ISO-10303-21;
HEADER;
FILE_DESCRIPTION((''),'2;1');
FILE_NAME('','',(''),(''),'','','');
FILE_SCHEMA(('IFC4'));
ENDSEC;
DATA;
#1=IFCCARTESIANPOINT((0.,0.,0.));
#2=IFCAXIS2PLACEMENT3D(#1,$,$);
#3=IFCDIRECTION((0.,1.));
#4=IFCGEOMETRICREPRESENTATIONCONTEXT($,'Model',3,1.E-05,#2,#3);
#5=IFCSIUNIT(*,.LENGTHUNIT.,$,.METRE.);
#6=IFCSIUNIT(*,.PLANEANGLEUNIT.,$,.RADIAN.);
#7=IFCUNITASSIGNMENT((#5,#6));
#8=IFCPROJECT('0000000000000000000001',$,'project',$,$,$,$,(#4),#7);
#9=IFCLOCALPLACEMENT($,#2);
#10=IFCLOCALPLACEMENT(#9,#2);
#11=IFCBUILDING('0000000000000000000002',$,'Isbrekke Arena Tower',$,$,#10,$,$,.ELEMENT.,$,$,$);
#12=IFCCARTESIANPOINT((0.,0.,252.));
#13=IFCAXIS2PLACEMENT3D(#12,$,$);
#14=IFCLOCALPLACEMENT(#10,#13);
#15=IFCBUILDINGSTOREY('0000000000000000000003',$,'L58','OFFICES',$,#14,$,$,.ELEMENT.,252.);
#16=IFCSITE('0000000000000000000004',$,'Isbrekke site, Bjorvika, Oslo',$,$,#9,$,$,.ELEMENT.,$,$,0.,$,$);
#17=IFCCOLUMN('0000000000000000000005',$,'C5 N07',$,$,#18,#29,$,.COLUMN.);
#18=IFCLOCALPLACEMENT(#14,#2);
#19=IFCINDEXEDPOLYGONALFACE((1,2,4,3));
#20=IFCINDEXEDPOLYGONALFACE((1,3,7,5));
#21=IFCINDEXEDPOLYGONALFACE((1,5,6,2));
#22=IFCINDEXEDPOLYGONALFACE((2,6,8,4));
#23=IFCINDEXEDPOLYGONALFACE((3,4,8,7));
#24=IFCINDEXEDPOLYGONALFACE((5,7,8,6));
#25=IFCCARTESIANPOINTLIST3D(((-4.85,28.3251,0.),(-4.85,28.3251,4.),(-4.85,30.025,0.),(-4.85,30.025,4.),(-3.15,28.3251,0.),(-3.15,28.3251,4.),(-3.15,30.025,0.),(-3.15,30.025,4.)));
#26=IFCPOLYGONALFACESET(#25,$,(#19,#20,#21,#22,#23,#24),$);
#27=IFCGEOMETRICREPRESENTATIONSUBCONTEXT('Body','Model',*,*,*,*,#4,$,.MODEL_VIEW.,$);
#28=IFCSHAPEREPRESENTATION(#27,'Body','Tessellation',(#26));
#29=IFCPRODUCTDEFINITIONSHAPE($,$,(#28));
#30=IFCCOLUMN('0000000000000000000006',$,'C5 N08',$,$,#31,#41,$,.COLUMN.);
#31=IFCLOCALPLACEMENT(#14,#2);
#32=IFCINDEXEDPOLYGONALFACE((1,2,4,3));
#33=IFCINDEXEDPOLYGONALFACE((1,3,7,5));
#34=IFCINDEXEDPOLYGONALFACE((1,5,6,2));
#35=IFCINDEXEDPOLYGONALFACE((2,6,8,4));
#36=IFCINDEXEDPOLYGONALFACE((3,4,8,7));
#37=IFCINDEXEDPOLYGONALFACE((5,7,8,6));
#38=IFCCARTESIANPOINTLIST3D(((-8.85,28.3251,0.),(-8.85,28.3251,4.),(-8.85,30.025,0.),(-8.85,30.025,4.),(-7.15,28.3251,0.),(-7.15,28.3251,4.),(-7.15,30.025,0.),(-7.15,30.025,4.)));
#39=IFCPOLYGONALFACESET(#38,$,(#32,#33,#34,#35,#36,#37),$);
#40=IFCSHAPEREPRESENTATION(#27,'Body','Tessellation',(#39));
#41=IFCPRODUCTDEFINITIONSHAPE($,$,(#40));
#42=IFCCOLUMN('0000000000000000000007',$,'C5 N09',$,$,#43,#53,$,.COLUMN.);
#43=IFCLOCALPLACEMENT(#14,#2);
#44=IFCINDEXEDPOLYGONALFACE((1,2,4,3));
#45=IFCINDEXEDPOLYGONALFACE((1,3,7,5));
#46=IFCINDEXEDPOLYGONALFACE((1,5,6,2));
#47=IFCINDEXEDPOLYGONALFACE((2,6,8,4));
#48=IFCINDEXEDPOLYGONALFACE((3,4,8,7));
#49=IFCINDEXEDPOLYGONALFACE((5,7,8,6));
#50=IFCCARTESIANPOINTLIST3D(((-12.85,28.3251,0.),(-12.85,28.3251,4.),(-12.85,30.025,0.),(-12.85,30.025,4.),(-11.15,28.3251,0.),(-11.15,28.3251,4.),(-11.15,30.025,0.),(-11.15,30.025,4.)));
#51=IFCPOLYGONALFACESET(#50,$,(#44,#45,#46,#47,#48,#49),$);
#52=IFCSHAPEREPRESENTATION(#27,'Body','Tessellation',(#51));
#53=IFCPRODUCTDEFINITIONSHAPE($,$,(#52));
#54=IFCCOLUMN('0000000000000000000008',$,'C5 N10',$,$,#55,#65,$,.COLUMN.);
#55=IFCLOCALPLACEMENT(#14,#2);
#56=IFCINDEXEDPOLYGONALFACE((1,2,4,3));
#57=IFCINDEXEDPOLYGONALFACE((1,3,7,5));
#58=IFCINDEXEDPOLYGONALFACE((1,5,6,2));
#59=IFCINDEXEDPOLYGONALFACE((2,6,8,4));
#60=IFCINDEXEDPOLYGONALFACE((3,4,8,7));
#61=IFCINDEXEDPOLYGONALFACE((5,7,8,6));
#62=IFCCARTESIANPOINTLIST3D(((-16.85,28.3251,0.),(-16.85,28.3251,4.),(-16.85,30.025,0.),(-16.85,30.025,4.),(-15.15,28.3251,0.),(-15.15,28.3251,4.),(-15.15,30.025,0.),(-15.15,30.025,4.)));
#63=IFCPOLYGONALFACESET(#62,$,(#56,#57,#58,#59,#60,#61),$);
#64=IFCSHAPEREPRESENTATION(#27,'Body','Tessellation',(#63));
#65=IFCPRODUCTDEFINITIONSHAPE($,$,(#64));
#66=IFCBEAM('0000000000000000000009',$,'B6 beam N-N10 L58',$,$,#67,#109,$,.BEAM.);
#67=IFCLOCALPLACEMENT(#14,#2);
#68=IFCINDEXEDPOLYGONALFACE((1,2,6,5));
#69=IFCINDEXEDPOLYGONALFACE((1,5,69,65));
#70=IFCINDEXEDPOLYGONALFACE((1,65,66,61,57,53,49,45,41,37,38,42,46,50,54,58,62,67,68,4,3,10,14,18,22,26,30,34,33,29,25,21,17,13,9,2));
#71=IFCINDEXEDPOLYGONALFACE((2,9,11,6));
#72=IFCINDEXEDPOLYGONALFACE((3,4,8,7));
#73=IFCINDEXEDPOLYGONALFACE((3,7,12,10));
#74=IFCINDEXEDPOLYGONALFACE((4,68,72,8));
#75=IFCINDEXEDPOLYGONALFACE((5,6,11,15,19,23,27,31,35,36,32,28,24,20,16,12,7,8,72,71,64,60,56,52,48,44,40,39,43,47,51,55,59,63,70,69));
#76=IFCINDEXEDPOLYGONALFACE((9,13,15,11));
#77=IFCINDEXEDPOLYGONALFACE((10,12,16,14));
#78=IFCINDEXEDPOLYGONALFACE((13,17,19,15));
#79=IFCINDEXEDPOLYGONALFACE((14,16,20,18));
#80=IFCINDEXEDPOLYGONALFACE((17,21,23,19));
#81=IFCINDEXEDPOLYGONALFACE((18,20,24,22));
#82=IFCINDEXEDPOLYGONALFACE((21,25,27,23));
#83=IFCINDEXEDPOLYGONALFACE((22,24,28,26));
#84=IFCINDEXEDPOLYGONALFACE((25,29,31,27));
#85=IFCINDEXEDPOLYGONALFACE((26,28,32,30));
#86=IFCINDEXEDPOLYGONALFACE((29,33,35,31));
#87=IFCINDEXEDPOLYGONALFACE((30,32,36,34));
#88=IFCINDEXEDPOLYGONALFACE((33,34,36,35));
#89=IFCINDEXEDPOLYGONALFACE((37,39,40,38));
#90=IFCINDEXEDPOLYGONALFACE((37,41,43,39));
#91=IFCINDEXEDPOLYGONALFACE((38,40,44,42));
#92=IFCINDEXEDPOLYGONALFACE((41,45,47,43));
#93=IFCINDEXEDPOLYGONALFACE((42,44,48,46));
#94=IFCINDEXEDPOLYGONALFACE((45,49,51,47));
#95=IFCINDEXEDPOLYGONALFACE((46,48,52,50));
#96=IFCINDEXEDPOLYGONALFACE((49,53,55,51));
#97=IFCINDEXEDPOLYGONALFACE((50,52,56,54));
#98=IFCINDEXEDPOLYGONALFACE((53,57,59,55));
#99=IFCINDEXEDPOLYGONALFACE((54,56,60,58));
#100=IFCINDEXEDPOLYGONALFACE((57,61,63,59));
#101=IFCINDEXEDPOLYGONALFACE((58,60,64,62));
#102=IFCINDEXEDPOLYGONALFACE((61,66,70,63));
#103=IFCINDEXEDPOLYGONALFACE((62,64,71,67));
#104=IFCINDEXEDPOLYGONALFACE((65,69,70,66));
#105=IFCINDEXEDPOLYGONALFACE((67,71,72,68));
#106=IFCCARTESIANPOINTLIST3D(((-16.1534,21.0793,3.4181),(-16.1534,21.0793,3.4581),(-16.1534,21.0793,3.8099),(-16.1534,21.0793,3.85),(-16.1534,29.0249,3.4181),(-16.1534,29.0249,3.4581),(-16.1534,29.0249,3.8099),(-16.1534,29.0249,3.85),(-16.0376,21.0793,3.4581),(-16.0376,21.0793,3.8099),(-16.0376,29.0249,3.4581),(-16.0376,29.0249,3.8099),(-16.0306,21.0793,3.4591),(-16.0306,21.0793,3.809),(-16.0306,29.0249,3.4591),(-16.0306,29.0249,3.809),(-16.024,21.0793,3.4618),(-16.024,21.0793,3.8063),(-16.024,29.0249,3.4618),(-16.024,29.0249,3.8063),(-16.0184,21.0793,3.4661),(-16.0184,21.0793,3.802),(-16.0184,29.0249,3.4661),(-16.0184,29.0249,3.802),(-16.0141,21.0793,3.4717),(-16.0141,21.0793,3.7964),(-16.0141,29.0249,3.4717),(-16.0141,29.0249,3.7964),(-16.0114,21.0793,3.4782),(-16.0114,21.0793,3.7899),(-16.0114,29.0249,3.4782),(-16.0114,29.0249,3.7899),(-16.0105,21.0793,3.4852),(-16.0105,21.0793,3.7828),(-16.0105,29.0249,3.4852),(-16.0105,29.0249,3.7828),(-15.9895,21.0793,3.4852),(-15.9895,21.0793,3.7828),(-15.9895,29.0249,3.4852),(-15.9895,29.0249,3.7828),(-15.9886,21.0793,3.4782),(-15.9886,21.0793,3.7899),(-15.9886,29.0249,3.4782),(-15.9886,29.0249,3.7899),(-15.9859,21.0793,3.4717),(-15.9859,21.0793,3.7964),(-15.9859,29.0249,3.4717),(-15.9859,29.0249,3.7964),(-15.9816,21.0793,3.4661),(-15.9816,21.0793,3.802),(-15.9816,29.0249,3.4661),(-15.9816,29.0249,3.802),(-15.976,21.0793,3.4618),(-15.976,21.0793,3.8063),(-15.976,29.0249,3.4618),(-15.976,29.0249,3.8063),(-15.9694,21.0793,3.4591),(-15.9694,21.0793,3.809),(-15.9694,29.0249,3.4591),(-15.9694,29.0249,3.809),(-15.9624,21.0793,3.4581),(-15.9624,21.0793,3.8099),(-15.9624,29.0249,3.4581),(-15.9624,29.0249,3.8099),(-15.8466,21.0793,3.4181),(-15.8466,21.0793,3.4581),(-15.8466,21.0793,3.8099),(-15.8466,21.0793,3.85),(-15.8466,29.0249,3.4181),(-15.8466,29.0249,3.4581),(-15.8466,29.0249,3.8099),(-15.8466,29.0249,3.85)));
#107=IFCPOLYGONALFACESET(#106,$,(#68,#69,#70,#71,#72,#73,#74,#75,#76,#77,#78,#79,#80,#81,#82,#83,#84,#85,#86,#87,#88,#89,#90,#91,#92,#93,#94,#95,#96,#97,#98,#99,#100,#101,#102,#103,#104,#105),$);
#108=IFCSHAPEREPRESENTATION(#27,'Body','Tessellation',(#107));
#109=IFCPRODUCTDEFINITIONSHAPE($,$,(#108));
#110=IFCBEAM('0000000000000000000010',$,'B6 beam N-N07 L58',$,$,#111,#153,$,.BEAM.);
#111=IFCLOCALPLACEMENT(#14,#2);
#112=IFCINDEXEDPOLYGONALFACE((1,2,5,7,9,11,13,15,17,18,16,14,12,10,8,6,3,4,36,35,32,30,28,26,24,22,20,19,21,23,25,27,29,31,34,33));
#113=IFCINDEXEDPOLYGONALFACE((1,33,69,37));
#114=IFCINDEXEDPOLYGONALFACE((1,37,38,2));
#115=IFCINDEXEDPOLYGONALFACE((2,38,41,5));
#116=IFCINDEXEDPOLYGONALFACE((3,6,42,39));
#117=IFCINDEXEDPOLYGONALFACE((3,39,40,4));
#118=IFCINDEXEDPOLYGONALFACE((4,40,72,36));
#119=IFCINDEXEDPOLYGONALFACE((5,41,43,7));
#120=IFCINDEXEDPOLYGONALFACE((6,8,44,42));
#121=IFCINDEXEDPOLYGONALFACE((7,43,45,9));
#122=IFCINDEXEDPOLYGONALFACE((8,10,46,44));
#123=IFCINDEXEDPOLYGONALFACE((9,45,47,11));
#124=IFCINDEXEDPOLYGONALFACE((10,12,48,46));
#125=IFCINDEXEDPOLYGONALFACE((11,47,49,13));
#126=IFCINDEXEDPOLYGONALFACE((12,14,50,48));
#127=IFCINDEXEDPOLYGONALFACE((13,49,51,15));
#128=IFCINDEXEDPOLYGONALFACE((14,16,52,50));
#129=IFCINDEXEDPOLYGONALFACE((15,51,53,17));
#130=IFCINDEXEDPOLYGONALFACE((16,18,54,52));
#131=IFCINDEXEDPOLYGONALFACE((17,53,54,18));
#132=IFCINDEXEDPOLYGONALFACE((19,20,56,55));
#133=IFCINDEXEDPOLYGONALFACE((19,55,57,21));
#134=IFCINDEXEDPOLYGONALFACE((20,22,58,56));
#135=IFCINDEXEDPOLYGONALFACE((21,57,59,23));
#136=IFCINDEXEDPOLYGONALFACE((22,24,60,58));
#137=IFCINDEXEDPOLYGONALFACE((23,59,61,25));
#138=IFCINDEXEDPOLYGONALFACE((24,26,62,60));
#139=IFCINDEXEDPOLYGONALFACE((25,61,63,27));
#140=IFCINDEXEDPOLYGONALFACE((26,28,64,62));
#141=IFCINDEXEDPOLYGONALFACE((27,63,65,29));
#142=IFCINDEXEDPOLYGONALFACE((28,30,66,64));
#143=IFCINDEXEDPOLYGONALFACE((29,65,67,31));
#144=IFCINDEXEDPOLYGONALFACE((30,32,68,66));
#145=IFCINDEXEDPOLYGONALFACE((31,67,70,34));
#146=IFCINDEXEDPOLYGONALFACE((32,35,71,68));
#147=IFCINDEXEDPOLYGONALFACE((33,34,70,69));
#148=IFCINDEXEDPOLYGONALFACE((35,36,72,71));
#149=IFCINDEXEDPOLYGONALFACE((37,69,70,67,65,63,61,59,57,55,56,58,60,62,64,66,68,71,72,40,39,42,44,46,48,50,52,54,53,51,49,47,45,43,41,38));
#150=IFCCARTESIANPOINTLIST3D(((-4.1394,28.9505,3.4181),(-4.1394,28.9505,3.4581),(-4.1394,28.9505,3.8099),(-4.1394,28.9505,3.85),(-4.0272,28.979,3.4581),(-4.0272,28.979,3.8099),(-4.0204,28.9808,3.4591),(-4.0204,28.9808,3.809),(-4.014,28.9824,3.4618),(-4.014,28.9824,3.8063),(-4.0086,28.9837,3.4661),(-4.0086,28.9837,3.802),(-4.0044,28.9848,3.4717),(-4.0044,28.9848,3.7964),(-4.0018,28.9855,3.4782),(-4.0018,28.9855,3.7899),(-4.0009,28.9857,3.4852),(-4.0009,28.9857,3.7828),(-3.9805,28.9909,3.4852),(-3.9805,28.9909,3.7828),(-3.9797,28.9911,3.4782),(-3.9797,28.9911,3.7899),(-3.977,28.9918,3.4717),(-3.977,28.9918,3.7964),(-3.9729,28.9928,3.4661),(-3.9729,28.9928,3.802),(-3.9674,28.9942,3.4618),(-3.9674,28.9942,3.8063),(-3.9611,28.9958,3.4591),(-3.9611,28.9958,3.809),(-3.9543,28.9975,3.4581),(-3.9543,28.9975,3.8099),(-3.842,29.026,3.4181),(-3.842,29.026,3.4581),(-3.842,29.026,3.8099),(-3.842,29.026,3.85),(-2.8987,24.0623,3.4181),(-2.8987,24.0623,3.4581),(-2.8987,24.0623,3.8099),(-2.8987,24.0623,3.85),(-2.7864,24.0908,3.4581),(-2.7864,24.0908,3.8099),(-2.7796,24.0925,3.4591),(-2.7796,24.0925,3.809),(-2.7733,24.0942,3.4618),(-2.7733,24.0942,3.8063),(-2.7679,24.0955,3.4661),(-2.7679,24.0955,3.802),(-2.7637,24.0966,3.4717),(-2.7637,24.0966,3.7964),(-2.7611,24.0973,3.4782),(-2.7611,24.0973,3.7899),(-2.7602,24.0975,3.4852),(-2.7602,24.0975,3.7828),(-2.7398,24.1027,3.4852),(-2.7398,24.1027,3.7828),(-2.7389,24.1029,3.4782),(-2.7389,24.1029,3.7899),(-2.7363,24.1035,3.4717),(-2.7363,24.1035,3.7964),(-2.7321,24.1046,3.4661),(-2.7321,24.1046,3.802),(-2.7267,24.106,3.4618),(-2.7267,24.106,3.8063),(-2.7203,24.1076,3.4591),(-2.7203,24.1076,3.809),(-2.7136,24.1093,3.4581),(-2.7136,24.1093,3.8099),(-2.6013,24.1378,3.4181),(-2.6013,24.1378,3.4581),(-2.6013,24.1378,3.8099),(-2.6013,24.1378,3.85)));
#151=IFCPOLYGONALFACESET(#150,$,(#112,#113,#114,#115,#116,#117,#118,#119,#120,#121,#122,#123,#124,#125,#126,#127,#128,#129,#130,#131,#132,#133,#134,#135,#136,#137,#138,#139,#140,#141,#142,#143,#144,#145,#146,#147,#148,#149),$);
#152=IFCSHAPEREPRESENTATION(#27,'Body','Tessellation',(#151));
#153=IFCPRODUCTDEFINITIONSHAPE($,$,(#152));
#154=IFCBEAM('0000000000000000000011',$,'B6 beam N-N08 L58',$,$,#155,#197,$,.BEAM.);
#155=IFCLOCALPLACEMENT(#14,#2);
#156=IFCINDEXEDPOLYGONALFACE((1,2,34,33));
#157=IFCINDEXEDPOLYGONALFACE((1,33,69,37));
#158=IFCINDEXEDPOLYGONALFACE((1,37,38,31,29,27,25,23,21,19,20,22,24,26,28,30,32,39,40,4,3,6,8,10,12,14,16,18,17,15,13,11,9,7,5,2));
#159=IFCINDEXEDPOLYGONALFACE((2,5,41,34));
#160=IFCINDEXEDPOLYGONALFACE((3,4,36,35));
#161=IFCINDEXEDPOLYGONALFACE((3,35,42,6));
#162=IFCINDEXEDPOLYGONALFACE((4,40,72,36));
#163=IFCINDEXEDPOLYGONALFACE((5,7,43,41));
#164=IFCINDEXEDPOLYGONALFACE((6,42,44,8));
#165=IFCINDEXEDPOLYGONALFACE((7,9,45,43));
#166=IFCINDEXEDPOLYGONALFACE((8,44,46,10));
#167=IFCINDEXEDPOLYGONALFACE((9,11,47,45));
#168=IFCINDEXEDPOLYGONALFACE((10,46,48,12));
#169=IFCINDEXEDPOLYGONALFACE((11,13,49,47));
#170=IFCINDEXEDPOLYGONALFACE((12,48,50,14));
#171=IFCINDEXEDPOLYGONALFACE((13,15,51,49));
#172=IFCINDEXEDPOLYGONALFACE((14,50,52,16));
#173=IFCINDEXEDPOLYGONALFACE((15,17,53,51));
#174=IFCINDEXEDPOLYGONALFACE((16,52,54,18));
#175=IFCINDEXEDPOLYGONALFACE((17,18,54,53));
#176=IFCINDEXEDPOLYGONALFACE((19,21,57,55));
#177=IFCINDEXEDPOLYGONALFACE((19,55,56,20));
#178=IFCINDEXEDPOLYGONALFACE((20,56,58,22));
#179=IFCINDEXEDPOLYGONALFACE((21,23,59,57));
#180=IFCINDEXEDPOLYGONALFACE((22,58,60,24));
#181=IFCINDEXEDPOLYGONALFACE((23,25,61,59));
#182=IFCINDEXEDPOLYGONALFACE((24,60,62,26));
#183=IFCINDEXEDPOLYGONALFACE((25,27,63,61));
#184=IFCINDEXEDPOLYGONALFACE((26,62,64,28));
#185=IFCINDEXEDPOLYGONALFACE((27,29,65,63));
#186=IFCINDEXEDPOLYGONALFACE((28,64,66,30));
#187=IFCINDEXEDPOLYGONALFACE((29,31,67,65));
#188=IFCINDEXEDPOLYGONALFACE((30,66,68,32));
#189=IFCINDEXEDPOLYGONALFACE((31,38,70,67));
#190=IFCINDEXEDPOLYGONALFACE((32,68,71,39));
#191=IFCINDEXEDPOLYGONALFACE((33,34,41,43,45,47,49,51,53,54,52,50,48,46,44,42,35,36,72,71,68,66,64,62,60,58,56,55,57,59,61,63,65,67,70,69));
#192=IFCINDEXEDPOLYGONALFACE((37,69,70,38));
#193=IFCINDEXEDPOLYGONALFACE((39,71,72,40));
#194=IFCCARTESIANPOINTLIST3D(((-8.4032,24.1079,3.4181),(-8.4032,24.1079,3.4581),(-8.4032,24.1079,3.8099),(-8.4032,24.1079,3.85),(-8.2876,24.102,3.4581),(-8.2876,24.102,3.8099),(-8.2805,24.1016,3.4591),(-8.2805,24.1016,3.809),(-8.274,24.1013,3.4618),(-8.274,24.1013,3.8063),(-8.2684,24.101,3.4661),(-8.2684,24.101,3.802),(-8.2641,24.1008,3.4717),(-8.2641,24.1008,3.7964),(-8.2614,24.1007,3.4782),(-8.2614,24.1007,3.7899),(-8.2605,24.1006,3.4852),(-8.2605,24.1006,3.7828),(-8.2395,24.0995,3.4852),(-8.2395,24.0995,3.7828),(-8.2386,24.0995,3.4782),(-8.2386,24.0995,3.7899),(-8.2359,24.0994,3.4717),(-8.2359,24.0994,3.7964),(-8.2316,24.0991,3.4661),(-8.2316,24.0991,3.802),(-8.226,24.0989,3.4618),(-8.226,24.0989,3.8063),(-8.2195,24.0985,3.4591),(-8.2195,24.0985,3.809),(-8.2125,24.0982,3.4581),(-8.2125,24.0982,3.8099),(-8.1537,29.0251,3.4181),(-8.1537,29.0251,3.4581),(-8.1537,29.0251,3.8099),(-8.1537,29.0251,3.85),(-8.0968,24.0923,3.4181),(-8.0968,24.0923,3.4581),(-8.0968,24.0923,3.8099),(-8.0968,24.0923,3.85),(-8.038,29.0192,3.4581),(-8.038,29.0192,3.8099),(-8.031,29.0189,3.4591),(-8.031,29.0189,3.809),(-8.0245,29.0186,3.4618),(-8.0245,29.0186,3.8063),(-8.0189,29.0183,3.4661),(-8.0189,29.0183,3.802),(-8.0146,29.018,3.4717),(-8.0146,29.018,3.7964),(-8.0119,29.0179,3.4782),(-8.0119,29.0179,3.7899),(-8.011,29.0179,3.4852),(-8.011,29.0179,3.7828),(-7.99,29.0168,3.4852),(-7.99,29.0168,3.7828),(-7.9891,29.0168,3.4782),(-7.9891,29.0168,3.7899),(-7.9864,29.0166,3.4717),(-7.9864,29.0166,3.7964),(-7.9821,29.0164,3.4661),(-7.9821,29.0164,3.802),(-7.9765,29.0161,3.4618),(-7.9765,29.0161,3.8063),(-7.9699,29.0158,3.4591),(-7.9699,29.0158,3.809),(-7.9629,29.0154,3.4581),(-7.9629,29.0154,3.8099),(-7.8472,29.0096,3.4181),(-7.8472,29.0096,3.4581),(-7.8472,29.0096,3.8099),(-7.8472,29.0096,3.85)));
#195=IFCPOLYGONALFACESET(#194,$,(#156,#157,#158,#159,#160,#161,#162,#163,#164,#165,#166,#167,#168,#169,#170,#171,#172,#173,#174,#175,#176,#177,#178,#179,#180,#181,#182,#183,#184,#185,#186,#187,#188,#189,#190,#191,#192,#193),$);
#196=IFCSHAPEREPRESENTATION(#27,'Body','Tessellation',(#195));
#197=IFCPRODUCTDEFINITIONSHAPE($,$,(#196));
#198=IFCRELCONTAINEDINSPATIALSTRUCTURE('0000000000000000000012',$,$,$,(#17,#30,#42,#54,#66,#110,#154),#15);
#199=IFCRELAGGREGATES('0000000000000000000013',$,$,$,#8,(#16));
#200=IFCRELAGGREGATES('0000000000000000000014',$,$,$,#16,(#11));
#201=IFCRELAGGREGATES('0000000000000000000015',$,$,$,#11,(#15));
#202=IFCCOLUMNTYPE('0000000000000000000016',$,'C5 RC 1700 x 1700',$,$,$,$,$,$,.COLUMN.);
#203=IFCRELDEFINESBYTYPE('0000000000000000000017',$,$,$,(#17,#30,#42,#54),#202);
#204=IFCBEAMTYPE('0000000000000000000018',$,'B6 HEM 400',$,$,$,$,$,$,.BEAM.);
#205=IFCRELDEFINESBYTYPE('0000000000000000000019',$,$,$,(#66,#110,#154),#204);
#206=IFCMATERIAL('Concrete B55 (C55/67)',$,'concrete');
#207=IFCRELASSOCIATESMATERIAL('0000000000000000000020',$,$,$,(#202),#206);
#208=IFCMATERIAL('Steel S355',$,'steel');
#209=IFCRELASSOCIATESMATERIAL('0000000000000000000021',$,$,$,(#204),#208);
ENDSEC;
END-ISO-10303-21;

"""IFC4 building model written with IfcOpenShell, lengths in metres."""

from ifc_helpers import new_model, si_unit, direction, frame, origin, origin_2d, place, context, subcontext, project, spatial, rectangle, i_section, extrude, material, material_profile, profile_set, type_object, element, save


model = new_model("IFC4")

# Units and contexts
model_context = context("Model", 3, precision=1e-05, world=origin(), true_north=direction((0.0, 1.0)))
body_context = subcontext(model_context, "Body", "Model", "MODEL_VIEW")
ifc_project = project(units=[si_unit("LENGTHUNIT", "METRE"), si_unit("PLANEANGLEUNIT", "RADIAN")], contexts=[model_context])

# Site, building, storey
site_placement = place(None, origin())
site = spatial("IfcSite", under=ifc_project, at=site_placement, Name="Isbrekke site, Bjorvika, Oslo", CompositionType="ELEMENT", RefElevation=0.0)
building_placement = place(site_placement, origin())
building = spatial("IfcBuilding", under=site, at=building_placement, Name="Isbrekke Arena Tower", CompositionType="ELEMENT")
storey_placement = place(building_placement, frame((0.0, 0.0, 252.0)))
storey = spatial("IfcBuildingStorey", under=building, at=storey_placement, Name="L58", Description="OFFICES", CompositionType="ELEMENT", Elevation=252.0)

# Columns
ifc_material_1 = material(Name="Concrete B55 (C55/67)", Category="concrete")
ifc_material_profile_1 = material_profile(ifc_material_1, rectangle(XDim=1.7, YDim=1.7, at=origin_2d()), Name="RC 1700x1700")
ifc_profile_set_1 = profile_set([ifc_material_profile_1], Name="Concrete B55 (C55/67)")
column_type = type_object("IfcColumnType", Name="C5 RC 1700 x 1700", PredefinedType="COLUMN", material=ifc_profile_set_1)
for number, where, z_axis, x_axis, name in (
    (1, (-4.0, 29.175, 0.0), (0.0, 0.0, 1.0), (-1.0, 0.0, 0.0), "C5 N07"),
    (2, (-8.0, 29.175, 0.0), (0.0, 0.0, 1.0), (-1.0, 0.0, 0.0), "C5 N08"),
    (3, (-12.0, 29.175, 0.0), (0.0, 0.0, 1.0), (-1.0, 0.0, 0.0), "C5 N09"),
    (4, (-16.0, 29.175, 0.0), (0.0, 0.0, 1.0), (-1.0, 0.0, 0.0), "C5 N10"),
):
    element("IfcColumn", number, at=place(storey_placement, frame(where, z_axis=z_axis, x_axis=x_axis)), inside=storey, type_object=column_type, Name=name, PredefinedType="COLUMN", context=body_context, shape_type="SweptSolid", body=[
        extrude(rectangle(XDim=1.7, YDim=1.7, at=origin_2d()), origin(), (0.0, 0.0, 1.0), 4.0),
    ])

# Beams
ifc_material_2 = material(Name="Steel S355", Category="steel")
ifc_material_profile_2 = material_profile(ifc_material_2, i_section(OverallWidth=0.3069, OverallDepth=0.4319, WebThickness=0.021, FlangeThickness=0.04, FilletRadius=0.0271, at=origin_2d()), Name="HEM 400")
ifc_profile_set_2 = profile_set([ifc_material_profile_2], Name="Steel S355")
beam_type_1 = type_object("IfcBeamType", Name="B6 HEM 400", PredefinedType="BEAM", material=ifc_profile_set_2)
beam_1_placement = place(storey_placement, frame((-16.0, 29.0249, 3.634), z_axis=(0.0, -1.0, 0.0), x_axis=(1.0, 0.0, 0.0)))
element("IfcBeam", 5, at=beam_1_placement, inside=storey, type_object=beam_type_1, Name="B6 beam N-N10 L58", PredefinedType="BEAM", context=body_context, shape_type="SweptSolid", body=[
    extrude(i_section(OverallWidth=0.3069, OverallDepth=0.4319, WebThickness=0.021, FlangeThickness=0.04, FilletRadius=0.0271, at=origin_2d()), origin(), (0.0, 0.0, 1.0), 7.9456),
])
beam_2_placement = place(storey_placement, frame((-3.9907, 28.9883, 3.634), z_axis=(0.24602, -0.969265, 0.0), x_axis=(0.969265, 0.24602, 0.0)))
element("IfcBeam", 6, at=beam_2_placement, inside=storey, type_object=beam_type_1, Name="B6 beam N-N07 L58", PredefinedType="BEAM", context=body_context, shape_type="SweptSolid", body=[
    extrude(i_section(OverallWidth=0.3069, OverallDepth=0.4319, WebThickness=0.021, FlangeThickness=0.04, FilletRadius=0.0271, at=origin_2d()), origin(), (0.0, 0.0, 1.0), 5.0432),
])
beam_3_placement = place(storey_placement, frame((-8.0005, 29.0173, 3.634), z_axis=(-0.050677, -0.998715, 0.0), x_axis=(0.998715, -0.050677, 0.0)))
element("IfcBeam", 7, at=beam_3_placement, inside=storey, type_object=beam_type_1, Name="B6 beam N-N08 L58", PredefinedType="BEAM", context=body_context, shape_type="SweptSolid", body=[
    extrude(i_section(OverallWidth=0.3069, OverallDepth=0.4319, WebThickness=0.021, FlangeThickness=0.04, FilletRadius=0.0271, at=origin_2d()), origin(), (0.0, 0.0, 1.0), 4.9236),
])

save(model, "model.ifc")
